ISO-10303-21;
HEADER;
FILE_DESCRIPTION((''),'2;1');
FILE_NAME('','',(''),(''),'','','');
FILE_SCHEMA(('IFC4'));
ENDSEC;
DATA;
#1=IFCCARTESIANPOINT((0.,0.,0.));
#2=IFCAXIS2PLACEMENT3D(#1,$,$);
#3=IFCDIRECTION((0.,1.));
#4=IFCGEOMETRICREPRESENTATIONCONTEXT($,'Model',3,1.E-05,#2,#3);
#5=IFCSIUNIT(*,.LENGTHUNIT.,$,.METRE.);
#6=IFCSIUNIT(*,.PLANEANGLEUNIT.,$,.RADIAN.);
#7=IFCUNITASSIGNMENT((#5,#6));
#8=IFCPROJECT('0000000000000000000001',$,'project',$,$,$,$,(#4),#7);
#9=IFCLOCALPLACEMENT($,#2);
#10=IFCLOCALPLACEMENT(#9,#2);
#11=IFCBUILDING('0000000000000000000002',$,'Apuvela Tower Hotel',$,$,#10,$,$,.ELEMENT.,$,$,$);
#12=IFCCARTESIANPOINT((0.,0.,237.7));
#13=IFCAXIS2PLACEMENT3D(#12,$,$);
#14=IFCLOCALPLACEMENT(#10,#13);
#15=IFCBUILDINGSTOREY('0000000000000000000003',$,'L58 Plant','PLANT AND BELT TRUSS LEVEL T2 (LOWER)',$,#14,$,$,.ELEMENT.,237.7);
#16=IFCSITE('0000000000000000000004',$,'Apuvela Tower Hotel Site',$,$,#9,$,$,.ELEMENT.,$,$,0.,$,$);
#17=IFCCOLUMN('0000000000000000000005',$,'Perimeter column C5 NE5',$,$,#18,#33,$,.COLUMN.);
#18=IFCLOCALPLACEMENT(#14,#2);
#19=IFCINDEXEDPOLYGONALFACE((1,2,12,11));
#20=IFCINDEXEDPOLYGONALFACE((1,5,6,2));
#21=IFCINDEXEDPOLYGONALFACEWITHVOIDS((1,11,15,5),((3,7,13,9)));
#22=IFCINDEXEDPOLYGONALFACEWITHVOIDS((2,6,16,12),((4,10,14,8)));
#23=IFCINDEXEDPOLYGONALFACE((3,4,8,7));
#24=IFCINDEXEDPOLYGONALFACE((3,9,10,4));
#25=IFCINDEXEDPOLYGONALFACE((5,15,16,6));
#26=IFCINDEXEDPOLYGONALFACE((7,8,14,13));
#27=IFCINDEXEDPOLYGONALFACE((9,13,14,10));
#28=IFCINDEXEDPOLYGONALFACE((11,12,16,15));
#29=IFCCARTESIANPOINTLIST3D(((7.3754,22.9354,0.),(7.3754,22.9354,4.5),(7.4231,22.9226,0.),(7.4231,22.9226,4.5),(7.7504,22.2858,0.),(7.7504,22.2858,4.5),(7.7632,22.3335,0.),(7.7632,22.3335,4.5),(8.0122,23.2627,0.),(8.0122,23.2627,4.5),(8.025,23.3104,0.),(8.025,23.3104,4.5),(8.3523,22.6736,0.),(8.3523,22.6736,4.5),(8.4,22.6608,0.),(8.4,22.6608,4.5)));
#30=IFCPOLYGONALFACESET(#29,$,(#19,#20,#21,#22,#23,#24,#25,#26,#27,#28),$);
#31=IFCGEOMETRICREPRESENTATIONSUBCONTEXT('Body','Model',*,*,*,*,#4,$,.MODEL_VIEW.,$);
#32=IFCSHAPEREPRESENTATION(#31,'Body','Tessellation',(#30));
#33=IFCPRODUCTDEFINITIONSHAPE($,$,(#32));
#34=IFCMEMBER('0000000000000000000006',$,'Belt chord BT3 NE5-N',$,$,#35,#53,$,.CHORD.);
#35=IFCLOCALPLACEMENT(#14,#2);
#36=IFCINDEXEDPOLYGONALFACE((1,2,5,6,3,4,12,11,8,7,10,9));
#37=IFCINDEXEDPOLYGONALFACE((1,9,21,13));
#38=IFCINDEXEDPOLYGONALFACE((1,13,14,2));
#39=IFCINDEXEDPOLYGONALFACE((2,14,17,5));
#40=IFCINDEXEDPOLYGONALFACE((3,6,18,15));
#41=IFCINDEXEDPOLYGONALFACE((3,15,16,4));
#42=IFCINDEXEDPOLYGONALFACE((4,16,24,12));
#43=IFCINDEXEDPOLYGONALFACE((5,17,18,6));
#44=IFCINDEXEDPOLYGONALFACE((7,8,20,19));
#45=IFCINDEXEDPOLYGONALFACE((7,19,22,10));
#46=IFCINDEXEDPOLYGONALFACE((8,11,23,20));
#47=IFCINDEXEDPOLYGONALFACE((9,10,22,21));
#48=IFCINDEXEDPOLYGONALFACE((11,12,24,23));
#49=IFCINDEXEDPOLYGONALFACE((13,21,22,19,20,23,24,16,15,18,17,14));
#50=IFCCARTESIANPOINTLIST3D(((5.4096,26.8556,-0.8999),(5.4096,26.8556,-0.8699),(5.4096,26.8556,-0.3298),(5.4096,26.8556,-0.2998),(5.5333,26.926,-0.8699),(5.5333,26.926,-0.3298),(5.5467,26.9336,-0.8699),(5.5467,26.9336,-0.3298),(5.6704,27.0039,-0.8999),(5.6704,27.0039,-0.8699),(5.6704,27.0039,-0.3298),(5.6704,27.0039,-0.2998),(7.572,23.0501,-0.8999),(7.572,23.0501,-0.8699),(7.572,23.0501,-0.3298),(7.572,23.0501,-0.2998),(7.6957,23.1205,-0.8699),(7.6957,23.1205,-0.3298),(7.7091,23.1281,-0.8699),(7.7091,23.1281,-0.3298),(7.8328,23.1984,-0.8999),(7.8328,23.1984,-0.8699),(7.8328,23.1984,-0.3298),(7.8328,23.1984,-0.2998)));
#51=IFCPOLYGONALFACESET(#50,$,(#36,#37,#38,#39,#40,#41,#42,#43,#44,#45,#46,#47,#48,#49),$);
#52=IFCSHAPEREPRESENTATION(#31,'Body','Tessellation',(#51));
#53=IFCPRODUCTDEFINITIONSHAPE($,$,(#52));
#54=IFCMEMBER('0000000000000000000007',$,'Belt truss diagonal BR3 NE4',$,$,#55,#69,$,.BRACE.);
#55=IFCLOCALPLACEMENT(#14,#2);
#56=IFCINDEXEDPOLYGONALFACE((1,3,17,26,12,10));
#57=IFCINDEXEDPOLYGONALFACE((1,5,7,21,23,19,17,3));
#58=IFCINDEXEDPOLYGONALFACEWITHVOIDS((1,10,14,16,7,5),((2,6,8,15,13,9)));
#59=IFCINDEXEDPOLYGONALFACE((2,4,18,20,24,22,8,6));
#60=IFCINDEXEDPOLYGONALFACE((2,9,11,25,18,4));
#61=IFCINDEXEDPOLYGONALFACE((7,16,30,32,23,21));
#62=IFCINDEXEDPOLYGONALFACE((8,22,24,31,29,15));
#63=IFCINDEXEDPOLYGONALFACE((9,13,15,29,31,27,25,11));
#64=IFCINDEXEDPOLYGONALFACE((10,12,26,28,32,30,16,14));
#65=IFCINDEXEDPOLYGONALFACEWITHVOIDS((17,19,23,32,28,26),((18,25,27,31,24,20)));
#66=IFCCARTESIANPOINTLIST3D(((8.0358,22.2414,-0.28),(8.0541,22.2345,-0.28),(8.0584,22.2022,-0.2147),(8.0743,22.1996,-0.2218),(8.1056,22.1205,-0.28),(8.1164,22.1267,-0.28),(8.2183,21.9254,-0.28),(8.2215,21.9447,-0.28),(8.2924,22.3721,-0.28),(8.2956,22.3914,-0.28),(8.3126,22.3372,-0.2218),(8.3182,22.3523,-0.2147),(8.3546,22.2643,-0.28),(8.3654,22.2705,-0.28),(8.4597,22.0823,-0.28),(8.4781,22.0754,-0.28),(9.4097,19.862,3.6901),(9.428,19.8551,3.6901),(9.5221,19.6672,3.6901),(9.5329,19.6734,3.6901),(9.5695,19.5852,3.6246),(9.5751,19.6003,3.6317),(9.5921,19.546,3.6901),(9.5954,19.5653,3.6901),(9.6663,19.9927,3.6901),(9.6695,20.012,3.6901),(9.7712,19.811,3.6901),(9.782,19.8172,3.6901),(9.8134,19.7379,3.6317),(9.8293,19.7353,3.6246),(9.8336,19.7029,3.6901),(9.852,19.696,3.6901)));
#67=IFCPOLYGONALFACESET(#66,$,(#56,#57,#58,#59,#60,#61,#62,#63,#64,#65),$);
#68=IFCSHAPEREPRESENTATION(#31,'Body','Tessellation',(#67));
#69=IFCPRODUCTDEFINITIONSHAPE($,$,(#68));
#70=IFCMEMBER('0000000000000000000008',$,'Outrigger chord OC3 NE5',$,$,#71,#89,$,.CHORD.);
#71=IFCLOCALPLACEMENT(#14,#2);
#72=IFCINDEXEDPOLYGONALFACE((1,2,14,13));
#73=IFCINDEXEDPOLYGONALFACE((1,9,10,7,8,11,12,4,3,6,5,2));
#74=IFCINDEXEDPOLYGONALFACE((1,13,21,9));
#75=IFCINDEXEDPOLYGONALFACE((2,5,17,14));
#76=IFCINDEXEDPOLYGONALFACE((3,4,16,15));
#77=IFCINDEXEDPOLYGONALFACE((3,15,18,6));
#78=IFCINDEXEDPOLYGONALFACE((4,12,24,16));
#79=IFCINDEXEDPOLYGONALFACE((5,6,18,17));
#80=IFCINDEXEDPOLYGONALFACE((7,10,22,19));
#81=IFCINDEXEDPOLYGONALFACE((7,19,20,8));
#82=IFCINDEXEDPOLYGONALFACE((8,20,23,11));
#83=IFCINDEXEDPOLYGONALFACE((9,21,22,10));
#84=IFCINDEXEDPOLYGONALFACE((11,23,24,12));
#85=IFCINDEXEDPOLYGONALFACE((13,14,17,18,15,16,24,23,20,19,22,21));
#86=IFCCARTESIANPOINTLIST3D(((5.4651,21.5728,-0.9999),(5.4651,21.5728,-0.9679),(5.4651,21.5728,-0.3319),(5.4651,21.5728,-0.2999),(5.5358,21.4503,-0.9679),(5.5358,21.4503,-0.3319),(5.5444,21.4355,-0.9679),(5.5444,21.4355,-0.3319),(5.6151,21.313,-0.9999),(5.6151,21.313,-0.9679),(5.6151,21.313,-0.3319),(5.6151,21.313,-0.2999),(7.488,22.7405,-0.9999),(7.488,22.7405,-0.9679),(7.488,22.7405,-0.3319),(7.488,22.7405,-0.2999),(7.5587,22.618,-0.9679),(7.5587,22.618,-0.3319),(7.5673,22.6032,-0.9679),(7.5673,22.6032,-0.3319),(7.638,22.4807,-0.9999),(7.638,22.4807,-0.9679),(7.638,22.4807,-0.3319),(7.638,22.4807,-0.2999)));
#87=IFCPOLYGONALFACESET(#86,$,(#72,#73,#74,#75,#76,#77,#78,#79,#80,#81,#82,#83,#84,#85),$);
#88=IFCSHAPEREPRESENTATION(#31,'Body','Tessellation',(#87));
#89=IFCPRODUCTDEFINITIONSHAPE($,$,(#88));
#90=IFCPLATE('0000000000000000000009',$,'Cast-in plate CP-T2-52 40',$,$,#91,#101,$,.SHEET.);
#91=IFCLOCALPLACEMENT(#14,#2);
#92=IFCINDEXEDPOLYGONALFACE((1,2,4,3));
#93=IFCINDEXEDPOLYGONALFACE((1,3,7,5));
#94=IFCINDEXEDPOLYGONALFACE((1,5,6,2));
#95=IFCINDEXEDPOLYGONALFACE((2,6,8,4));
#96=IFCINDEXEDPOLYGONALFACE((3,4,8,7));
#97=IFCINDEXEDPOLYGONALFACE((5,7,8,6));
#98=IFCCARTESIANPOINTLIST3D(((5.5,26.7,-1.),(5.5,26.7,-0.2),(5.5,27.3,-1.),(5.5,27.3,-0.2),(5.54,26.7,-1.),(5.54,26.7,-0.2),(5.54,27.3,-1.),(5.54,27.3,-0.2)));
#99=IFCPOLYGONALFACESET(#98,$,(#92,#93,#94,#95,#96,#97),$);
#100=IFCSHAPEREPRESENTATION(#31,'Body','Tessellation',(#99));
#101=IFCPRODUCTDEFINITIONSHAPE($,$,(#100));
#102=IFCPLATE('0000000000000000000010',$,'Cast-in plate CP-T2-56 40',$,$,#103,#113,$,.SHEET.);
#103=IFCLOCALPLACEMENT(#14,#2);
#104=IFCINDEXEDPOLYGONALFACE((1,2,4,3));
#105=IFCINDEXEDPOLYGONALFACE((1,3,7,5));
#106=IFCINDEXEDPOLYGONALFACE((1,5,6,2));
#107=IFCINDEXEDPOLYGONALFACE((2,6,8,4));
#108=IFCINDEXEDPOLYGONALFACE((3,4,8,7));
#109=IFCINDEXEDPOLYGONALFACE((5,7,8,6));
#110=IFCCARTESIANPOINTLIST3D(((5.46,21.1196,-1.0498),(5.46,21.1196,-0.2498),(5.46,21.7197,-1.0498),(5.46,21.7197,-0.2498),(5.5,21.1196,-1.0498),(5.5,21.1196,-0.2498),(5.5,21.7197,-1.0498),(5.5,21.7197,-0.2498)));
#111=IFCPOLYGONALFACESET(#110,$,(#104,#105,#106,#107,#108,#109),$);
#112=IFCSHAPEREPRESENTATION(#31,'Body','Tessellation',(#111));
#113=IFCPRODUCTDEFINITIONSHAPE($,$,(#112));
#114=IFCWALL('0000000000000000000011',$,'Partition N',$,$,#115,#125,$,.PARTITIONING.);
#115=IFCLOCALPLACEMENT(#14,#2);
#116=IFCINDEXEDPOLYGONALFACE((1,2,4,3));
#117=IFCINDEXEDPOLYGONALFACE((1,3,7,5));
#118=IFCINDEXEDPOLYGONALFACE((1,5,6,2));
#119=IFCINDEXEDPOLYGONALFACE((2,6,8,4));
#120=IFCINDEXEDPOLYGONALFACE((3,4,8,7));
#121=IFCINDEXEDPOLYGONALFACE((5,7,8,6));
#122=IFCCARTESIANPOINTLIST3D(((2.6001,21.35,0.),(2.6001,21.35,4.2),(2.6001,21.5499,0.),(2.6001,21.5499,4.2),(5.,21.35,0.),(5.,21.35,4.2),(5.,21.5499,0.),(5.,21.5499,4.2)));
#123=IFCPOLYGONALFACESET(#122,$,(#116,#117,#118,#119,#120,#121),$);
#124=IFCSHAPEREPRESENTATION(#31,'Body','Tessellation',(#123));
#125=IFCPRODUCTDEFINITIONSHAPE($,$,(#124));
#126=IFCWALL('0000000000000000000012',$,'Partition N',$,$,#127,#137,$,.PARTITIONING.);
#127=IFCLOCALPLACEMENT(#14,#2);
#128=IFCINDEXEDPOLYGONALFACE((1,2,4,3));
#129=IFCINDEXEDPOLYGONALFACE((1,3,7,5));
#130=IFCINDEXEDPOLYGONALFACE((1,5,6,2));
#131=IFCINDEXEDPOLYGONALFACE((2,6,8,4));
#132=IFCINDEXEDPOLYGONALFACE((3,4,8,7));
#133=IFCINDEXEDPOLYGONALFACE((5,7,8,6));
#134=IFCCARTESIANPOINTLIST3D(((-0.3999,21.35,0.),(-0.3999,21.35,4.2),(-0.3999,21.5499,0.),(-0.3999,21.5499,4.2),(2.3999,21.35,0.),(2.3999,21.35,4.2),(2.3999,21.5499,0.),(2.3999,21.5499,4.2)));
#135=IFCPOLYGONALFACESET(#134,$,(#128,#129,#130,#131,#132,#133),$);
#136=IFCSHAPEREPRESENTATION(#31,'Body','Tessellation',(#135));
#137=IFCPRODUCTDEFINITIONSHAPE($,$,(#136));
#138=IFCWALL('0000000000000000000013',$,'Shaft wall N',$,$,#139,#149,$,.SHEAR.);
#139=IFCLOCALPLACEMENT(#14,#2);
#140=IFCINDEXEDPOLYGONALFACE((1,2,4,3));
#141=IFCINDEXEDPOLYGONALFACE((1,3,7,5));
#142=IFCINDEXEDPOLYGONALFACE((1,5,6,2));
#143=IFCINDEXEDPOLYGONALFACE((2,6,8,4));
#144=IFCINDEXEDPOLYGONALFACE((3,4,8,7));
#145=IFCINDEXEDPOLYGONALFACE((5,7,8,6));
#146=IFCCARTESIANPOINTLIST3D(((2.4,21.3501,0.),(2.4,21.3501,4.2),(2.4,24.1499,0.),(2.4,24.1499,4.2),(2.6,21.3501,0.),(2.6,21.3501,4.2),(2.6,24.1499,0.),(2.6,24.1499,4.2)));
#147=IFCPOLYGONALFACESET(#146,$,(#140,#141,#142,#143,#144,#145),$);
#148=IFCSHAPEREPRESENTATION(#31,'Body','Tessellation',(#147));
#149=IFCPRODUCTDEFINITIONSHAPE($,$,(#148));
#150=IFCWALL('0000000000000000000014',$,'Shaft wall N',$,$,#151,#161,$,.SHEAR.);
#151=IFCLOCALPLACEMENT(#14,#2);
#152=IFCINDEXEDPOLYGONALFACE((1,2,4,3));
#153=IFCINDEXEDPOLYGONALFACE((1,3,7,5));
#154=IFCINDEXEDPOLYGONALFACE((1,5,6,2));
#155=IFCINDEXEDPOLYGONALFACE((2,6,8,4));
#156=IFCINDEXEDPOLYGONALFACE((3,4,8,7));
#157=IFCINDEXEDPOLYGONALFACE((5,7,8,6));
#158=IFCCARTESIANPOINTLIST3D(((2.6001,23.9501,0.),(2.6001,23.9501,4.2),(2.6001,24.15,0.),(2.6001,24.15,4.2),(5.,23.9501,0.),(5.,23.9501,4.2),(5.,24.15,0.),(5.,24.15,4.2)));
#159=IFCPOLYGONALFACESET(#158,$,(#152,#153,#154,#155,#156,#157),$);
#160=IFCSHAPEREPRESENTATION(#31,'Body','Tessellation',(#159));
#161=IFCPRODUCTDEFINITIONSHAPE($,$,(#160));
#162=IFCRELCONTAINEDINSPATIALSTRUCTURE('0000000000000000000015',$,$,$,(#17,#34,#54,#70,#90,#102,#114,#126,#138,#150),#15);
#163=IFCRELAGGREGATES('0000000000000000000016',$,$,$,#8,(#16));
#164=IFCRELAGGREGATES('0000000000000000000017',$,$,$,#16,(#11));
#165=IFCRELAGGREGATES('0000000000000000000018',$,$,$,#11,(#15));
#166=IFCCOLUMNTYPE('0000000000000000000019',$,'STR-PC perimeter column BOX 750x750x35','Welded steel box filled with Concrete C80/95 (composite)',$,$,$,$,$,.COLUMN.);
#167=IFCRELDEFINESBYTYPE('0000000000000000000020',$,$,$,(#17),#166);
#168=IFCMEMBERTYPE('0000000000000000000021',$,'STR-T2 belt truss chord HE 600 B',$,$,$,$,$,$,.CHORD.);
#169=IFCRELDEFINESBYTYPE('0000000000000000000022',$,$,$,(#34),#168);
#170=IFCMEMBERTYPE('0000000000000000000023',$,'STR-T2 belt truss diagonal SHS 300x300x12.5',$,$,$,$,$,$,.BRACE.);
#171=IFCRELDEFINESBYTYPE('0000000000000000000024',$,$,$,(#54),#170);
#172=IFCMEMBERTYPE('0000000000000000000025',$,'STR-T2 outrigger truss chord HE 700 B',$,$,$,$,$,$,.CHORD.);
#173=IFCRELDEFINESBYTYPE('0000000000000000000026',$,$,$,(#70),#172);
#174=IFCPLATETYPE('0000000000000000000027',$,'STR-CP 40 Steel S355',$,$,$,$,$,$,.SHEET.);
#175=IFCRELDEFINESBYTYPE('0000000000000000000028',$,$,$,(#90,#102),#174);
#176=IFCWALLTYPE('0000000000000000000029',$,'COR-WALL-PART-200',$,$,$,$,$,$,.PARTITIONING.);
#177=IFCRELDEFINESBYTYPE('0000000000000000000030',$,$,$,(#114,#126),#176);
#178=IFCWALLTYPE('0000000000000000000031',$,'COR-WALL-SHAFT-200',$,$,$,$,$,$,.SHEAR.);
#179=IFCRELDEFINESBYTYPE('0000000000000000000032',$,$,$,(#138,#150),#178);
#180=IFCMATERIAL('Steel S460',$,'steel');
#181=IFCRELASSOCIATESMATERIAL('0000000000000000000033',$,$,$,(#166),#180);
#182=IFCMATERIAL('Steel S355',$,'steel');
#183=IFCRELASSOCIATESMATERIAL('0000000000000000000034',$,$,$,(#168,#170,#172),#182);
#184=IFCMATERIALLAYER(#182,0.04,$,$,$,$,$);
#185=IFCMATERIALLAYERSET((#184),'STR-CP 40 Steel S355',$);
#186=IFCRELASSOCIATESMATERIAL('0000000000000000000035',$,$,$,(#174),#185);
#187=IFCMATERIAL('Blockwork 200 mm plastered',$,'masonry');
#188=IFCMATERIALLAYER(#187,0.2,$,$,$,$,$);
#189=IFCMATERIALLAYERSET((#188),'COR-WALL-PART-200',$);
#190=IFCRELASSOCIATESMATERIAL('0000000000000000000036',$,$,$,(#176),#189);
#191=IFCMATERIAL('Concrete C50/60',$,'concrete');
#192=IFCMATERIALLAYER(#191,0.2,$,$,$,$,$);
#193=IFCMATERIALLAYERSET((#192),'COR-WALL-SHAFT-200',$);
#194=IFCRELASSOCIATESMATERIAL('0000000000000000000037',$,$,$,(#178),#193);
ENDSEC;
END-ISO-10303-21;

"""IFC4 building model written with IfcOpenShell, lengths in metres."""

from ifc_helpers import new_model, si_unit, direction, frame, frame_2d, origin, origin_2d, place, context, subcontext, project, spatial, rectangle, hollow_rectangle, i_section, extrude, boolean, halfspace, material, layer, layer_set, material_profile, profile_set, type_object, element, save


model = new_model("IFC4")

# Units and contexts
model_context = context("Model", 3, precision=1e-05, world=origin(), true_north=direction((0.0, 1.0)))
body_context = subcontext(model_context, "Body", "Model", "MODEL_VIEW")
ifc_project = project(units=[si_unit("LENGTHUNIT", "METRE"), si_unit("PLANEANGLEUNIT", "RADIAN")], contexts=[model_context])

# Site, building, storey
site_placement = place(None, origin())
site = spatial("IfcSite", under=ifc_project, at=site_placement, Name="Apuvela Tower Hotel Site", CompositionType="ELEMENT", RefElevation=0.0)
building_placement = place(site_placement, origin())
building = spatial("IfcBuilding", under=site, at=building_placement, Name="Apuvela Tower Hotel", CompositionType="ELEMENT")
storey_placement = place(building_placement, frame((0.0, 0.0, 237.7)))
storey = spatial("IfcBuildingStorey", under=building, at=storey_placement, Name="L58 Plant", Description="PLANT AND BELT TRUSS LEVEL T2 (LOWER)", CompositionType="ELEMENT", Elevation=237.7)

# Column
ifc_material_1 = material(Name="Steel S460", Category="steel")
ifc_material_profile_1 = material_profile(ifc_material_1, hollow_rectangle(XDim=0.75, YDim=0.75, WallThickness=0.0349, at=origin_2d()), Name="BOX 750x750x35")
ifc_material_2 = material(Name="Concrete C80/95", Category="concrete")
ifc_material_profile_2 = material_profile(ifc_material_2, rectangle(XDim=0.6799, YDim=0.6799, at=origin_2d()), Name="Concrete C80/95 infill")
ifc_profile_set_1 = profile_set([ifc_material_profile_1, ifc_material_profile_2], Name="Steel S460")
column_type = type_object("IfcColumnType", Name="STR-PC perimeter column BOX 750x750x35", Description="Welded steel box filled with Concrete C80/95 (composite)", PredefinedType="COLUMN", material=ifc_profile_set_1)
column_placement = place(storey_placement, frame((7.8877, 22.7981, 0.0), z_axis=(0.0, 0.0, 1.0), x_axis=(-0.5, 0.866025, 0.0)))
element("IfcColumn", 1, at=column_placement, inside=storey, type_object=column_type, Name="Perimeter column C5 NE5", PredefinedType="COLUMN", context=body_context, shape_type="SweptSolid", body=[
    extrude(hollow_rectangle(XDim=0.75, YDim=0.75, WallThickness=0.0349, at=origin_2d()), origin(), (0.0, 0.0, 1.0), 4.5),
])

# Members
ifc_material_3 = material(Name="Steel S355", Category="steel")
ifc_material_profile_3 = material_profile(ifc_material_3, i_section(OverallWidth=0.3, OverallDepth=0.6001, WebThickness=0.0154, FlangeThickness=0.03, at=origin_2d()), Name="HE 600 B")
ifc_profile_set_2 = profile_set([ifc_material_profile_3], Name="Steel S355")
member_type_1 = type_object("IfcMemberType", Name="STR-T2 belt truss chord HE 600 B", PredefinedType="CHORD", material=ifc_profile_set_2)
member_1_placement = place(storey_placement, frame((7.7024, 23.1243, -0.5999), z_axis=(-0.494041, 0.869439, 0.0), x_axis=(-0.869439, -0.494041, 0.0)))
element("IfcMember", 2, at=member_1_placement, inside=storey, type_object=member_type_1, Name="Belt chord BT3 NE5-N", PredefinedType="CHORD", context=body_context, shape_type="SweptSolid", body=[
    extrude(i_section(OverallWidth=0.3, OverallDepth=0.6001, WebThickness=0.0154, FlangeThickness=0.03, at=origin_2d()), origin(), (0.0, 0.0, 1.0), 4.377),
])
ifc_material_profile_4 = material_profile(ifc_material_3, hollow_rectangle(XDim=0.3, YDim=0.3, WallThickness=0.0125, at=origin_2d()), Name="SHS 300x300x12.5")
ifc_profile_set_3 = profile_set([ifc_material_profile_4], Name="Steel S355")
member_type_2 = type_object("IfcMemberType", Name="STR-T2 belt truss diagonal SHS 300x300x12.5", PredefinedType="BRACE", material=ifc_profile_set_3)
member_2_placement = place(storey_placement, frame((8.25, 22.1704, -0.3), z_axis=(0.284558, -0.492821, 0.822286), x_axis=(-0.411174, 0.712103, 0.569075)))
solid_1 = boolean("DIFFERENCE", boolean("DIFFERENCE", extrude(hollow_rectangle(XDim=0.3, YDim=0.3, WallThickness=0.0125, at=origin_2d()), frame((0.0, 0.0, -0.2239)), (0.0, 0.0, 1.0), 5.3242), halfspace(frame((0.0, 0.0, 0.0244), z_axis=(0.569075, 0.0, 0.822286), x_axis=(0.822286, 0.0, -0.569075)), True)), halfspace(frame((0.0, 0.0, 4.8525), z_axis=(0.569075, 0.0, 0.822286), x_axis=(0.822286, 0.0, -0.569075)), False))
element("IfcMember", 3, at=member_2_placement, inside=storey, type_object=member_type_2, Name="Belt truss diagonal BR3 NE4", PredefinedType="BRACE", context=body_context, shape_type="SweptSolid", body=[
    boolean("UNION", boolean("DIFFERENCE", boolean("DIFFERENCE", extrude(hollow_rectangle(XDim=0.3, YDim=0.3, WallThickness=0.0125, at=origin_2d()), origin(), (0.0, 0.0, 1.0), 4.8767), halfspace(frame((0.0, 0.0, 0.0244), z_axis=(0.569075, 0.0, 0.822286), x_axis=(0.822286, 0.0, -0.569075)), True)), halfspace(frame((0.0, 0.0, 4.8525), z_axis=(0.569075, 0.0, 0.822286), x_axis=(0.822286, 0.0, -0.569075)), False)), solid_1),
])
ifc_material_profile_5 = material_profile(ifc_material_3, i_section(OverallWidth=0.3, OverallDepth=0.7, WebThickness=0.0171, FlangeThickness=0.032, at=origin_2d()), Name="HE 700 B")
ifc_profile_set_4 = profile_set([ifc_material_profile_5], Name="Steel S355")
member_type_3 = type_object("IfcMemberType", Name="STR-T2 outrigger truss chord HE 700 B", PredefinedType="CHORD", material=ifc_profile_set_4)
member_3_placement = place(storey_placement, frame((7.563, 22.6106, -0.6499), z_axis=(-0.866067, -0.499928, 0.0), x_axis=(0.499928, -0.866067, 0.0)))
element("IfcMember", 4, at=member_3_placement, inside=storey, type_object=member_type_3, Name="Outrigger chord OC3 NE5", PredefinedType="CHORD", context=body_context, shape_type="SweptSolid", body=[
    extrude(i_section(OverallWidth=0.3, OverallDepth=0.7, WebThickness=0.0171, FlangeThickness=0.032, at=origin_2d()), origin(), (0.0, 0.0, 1.0), 2.3357),
])

# Plates
ifc_layer_1 = layer(ifc_material_3, 0.04)
ifc_layer_set_1 = layer_set([ifc_layer_1], Name="STR-CP 40 Steel S355")
plate_type = type_object("IfcPlateType", Name="STR-CP 40 Steel S355", PredefinedType="SHEET", material=ifc_layer_set_1)
for number, where, z_axis, x_axis, name in (
    (5, (5.52, 27.0, -1.0), (0.0, 0.0, 1.0), (1.0, 0.0, 0.0), "Cast-in plate CP-T2-52 40"),
    (6, (5.48, 21.4197, -1.0498), (0.0, 0.0, 1.0), (-1.0, 0.0, 0.0), "Cast-in plate CP-T2-56 40"),
):
    element("IfcPlate", number, at=place(storey_placement, frame(where, z_axis=z_axis, x_axis=x_axis)), inside=storey, type_object=plate_type, Name=name, PredefinedType="SHEET", context=body_context, shape_type="SweptSolid", body=[
        extrude(rectangle(XDim=0.04, YDim=0.6001, at=origin_2d()), origin(), (0.0, 0.0, 1.0), 0.8),
    ])

# Walls
ifc_material_4 = material(Name="Blockwork 200 mm plastered", Category="masonry")
ifc_layer_2 = layer(ifc_material_4, 0.2)
ifc_layer_set_2 = layer_set([ifc_layer_2], Name="COR-WALL-PART-200")
wall_type_1 = type_object("IfcWallType", Name="COR-WALL-PART-200", PredefinedType="PARTITIONING", material=ifc_layer_set_2)
wall_1_placement = place(storey_placement, frame((5.0, 21.45, 0.0), z_axis=(0.0, 0.0, 1.0), x_axis=(-1.0, 0.0, 0.0)))
element("IfcWall", 7, at=wall_1_placement, inside=storey, type_object=wall_type_1, Name="Partition N", PredefinedType="PARTITIONING", context=body_context, shape_type="SweptSolid", body=[
    extrude(rectangle(XDim=2.3999, YDim=0.2, at=frame_2d((1.2, 0.0))), origin(), (0.0, 0.0, 1.0), 4.2),
])
wall_2_placement = place(storey_placement, frame((2.3999, 21.45, 0.0), z_axis=(0.0, 0.0, 1.0), x_axis=(-1.0, 0.0, 0.0)))
element("IfcWall", 8, at=wall_2_placement, inside=storey, type_object=wall_type_1, Name="Partition N", PredefinedType="PARTITIONING", context=body_context, shape_type="SweptSolid", body=[
    extrude(rectangle(XDim=2.7998, YDim=0.2, at=frame_2d((1.3999, 0.0))), origin(), (0.0, 0.0, 1.0), 4.2),
])
ifc_material_5 = material(Name="Concrete C50/60", Category="concrete")
ifc_layer_3 = layer(ifc_material_5, 0.2)
ifc_layer_set_3 = layer_set([ifc_layer_3], Name="COR-WALL-SHAFT-200")
wall_type_2 = type_object("IfcWallType", Name="COR-WALL-SHAFT-200", PredefinedType="SHEAR", material=ifc_layer_set_3)
wall_3_placement = place(storey_placement, frame((2.5, 21.3501, 0.0), z_axis=(0.0, 0.0, 1.0), x_axis=(0.0, 1.0, 0.0)))
element("IfcWall", 9, at=wall_3_placement, inside=storey, type_object=wall_type_2, Name="Shaft wall N", PredefinedType="SHEAR", context=body_context, shape_type="SweptSolid", body=[
    extrude(rectangle(XDim=2.7998, YDim=0.2, at=frame_2d((1.3999, 0.0))), origin(), (0.0, 0.0, 1.0), 4.2),
])
wall_4_placement = place(storey_placement, frame((5.0, 24.05, 0.0), z_axis=(0.0, 0.0, 1.0), x_axis=(-1.0, 0.0, 0.0)))
element("IfcWall", 10, at=wall_4_placement, inside=storey, type_object=wall_type_2, Name="Shaft wall N", PredefinedType="SHEAR", context=body_context, shape_type="SweptSolid", body=[
    extrude(rectangle(XDim=2.3999, YDim=0.2, at=frame_2d((1.2, 0.0))), origin(), (0.0, 0.0, 1.0), 4.2),
])

save(model, "model.ifc")
